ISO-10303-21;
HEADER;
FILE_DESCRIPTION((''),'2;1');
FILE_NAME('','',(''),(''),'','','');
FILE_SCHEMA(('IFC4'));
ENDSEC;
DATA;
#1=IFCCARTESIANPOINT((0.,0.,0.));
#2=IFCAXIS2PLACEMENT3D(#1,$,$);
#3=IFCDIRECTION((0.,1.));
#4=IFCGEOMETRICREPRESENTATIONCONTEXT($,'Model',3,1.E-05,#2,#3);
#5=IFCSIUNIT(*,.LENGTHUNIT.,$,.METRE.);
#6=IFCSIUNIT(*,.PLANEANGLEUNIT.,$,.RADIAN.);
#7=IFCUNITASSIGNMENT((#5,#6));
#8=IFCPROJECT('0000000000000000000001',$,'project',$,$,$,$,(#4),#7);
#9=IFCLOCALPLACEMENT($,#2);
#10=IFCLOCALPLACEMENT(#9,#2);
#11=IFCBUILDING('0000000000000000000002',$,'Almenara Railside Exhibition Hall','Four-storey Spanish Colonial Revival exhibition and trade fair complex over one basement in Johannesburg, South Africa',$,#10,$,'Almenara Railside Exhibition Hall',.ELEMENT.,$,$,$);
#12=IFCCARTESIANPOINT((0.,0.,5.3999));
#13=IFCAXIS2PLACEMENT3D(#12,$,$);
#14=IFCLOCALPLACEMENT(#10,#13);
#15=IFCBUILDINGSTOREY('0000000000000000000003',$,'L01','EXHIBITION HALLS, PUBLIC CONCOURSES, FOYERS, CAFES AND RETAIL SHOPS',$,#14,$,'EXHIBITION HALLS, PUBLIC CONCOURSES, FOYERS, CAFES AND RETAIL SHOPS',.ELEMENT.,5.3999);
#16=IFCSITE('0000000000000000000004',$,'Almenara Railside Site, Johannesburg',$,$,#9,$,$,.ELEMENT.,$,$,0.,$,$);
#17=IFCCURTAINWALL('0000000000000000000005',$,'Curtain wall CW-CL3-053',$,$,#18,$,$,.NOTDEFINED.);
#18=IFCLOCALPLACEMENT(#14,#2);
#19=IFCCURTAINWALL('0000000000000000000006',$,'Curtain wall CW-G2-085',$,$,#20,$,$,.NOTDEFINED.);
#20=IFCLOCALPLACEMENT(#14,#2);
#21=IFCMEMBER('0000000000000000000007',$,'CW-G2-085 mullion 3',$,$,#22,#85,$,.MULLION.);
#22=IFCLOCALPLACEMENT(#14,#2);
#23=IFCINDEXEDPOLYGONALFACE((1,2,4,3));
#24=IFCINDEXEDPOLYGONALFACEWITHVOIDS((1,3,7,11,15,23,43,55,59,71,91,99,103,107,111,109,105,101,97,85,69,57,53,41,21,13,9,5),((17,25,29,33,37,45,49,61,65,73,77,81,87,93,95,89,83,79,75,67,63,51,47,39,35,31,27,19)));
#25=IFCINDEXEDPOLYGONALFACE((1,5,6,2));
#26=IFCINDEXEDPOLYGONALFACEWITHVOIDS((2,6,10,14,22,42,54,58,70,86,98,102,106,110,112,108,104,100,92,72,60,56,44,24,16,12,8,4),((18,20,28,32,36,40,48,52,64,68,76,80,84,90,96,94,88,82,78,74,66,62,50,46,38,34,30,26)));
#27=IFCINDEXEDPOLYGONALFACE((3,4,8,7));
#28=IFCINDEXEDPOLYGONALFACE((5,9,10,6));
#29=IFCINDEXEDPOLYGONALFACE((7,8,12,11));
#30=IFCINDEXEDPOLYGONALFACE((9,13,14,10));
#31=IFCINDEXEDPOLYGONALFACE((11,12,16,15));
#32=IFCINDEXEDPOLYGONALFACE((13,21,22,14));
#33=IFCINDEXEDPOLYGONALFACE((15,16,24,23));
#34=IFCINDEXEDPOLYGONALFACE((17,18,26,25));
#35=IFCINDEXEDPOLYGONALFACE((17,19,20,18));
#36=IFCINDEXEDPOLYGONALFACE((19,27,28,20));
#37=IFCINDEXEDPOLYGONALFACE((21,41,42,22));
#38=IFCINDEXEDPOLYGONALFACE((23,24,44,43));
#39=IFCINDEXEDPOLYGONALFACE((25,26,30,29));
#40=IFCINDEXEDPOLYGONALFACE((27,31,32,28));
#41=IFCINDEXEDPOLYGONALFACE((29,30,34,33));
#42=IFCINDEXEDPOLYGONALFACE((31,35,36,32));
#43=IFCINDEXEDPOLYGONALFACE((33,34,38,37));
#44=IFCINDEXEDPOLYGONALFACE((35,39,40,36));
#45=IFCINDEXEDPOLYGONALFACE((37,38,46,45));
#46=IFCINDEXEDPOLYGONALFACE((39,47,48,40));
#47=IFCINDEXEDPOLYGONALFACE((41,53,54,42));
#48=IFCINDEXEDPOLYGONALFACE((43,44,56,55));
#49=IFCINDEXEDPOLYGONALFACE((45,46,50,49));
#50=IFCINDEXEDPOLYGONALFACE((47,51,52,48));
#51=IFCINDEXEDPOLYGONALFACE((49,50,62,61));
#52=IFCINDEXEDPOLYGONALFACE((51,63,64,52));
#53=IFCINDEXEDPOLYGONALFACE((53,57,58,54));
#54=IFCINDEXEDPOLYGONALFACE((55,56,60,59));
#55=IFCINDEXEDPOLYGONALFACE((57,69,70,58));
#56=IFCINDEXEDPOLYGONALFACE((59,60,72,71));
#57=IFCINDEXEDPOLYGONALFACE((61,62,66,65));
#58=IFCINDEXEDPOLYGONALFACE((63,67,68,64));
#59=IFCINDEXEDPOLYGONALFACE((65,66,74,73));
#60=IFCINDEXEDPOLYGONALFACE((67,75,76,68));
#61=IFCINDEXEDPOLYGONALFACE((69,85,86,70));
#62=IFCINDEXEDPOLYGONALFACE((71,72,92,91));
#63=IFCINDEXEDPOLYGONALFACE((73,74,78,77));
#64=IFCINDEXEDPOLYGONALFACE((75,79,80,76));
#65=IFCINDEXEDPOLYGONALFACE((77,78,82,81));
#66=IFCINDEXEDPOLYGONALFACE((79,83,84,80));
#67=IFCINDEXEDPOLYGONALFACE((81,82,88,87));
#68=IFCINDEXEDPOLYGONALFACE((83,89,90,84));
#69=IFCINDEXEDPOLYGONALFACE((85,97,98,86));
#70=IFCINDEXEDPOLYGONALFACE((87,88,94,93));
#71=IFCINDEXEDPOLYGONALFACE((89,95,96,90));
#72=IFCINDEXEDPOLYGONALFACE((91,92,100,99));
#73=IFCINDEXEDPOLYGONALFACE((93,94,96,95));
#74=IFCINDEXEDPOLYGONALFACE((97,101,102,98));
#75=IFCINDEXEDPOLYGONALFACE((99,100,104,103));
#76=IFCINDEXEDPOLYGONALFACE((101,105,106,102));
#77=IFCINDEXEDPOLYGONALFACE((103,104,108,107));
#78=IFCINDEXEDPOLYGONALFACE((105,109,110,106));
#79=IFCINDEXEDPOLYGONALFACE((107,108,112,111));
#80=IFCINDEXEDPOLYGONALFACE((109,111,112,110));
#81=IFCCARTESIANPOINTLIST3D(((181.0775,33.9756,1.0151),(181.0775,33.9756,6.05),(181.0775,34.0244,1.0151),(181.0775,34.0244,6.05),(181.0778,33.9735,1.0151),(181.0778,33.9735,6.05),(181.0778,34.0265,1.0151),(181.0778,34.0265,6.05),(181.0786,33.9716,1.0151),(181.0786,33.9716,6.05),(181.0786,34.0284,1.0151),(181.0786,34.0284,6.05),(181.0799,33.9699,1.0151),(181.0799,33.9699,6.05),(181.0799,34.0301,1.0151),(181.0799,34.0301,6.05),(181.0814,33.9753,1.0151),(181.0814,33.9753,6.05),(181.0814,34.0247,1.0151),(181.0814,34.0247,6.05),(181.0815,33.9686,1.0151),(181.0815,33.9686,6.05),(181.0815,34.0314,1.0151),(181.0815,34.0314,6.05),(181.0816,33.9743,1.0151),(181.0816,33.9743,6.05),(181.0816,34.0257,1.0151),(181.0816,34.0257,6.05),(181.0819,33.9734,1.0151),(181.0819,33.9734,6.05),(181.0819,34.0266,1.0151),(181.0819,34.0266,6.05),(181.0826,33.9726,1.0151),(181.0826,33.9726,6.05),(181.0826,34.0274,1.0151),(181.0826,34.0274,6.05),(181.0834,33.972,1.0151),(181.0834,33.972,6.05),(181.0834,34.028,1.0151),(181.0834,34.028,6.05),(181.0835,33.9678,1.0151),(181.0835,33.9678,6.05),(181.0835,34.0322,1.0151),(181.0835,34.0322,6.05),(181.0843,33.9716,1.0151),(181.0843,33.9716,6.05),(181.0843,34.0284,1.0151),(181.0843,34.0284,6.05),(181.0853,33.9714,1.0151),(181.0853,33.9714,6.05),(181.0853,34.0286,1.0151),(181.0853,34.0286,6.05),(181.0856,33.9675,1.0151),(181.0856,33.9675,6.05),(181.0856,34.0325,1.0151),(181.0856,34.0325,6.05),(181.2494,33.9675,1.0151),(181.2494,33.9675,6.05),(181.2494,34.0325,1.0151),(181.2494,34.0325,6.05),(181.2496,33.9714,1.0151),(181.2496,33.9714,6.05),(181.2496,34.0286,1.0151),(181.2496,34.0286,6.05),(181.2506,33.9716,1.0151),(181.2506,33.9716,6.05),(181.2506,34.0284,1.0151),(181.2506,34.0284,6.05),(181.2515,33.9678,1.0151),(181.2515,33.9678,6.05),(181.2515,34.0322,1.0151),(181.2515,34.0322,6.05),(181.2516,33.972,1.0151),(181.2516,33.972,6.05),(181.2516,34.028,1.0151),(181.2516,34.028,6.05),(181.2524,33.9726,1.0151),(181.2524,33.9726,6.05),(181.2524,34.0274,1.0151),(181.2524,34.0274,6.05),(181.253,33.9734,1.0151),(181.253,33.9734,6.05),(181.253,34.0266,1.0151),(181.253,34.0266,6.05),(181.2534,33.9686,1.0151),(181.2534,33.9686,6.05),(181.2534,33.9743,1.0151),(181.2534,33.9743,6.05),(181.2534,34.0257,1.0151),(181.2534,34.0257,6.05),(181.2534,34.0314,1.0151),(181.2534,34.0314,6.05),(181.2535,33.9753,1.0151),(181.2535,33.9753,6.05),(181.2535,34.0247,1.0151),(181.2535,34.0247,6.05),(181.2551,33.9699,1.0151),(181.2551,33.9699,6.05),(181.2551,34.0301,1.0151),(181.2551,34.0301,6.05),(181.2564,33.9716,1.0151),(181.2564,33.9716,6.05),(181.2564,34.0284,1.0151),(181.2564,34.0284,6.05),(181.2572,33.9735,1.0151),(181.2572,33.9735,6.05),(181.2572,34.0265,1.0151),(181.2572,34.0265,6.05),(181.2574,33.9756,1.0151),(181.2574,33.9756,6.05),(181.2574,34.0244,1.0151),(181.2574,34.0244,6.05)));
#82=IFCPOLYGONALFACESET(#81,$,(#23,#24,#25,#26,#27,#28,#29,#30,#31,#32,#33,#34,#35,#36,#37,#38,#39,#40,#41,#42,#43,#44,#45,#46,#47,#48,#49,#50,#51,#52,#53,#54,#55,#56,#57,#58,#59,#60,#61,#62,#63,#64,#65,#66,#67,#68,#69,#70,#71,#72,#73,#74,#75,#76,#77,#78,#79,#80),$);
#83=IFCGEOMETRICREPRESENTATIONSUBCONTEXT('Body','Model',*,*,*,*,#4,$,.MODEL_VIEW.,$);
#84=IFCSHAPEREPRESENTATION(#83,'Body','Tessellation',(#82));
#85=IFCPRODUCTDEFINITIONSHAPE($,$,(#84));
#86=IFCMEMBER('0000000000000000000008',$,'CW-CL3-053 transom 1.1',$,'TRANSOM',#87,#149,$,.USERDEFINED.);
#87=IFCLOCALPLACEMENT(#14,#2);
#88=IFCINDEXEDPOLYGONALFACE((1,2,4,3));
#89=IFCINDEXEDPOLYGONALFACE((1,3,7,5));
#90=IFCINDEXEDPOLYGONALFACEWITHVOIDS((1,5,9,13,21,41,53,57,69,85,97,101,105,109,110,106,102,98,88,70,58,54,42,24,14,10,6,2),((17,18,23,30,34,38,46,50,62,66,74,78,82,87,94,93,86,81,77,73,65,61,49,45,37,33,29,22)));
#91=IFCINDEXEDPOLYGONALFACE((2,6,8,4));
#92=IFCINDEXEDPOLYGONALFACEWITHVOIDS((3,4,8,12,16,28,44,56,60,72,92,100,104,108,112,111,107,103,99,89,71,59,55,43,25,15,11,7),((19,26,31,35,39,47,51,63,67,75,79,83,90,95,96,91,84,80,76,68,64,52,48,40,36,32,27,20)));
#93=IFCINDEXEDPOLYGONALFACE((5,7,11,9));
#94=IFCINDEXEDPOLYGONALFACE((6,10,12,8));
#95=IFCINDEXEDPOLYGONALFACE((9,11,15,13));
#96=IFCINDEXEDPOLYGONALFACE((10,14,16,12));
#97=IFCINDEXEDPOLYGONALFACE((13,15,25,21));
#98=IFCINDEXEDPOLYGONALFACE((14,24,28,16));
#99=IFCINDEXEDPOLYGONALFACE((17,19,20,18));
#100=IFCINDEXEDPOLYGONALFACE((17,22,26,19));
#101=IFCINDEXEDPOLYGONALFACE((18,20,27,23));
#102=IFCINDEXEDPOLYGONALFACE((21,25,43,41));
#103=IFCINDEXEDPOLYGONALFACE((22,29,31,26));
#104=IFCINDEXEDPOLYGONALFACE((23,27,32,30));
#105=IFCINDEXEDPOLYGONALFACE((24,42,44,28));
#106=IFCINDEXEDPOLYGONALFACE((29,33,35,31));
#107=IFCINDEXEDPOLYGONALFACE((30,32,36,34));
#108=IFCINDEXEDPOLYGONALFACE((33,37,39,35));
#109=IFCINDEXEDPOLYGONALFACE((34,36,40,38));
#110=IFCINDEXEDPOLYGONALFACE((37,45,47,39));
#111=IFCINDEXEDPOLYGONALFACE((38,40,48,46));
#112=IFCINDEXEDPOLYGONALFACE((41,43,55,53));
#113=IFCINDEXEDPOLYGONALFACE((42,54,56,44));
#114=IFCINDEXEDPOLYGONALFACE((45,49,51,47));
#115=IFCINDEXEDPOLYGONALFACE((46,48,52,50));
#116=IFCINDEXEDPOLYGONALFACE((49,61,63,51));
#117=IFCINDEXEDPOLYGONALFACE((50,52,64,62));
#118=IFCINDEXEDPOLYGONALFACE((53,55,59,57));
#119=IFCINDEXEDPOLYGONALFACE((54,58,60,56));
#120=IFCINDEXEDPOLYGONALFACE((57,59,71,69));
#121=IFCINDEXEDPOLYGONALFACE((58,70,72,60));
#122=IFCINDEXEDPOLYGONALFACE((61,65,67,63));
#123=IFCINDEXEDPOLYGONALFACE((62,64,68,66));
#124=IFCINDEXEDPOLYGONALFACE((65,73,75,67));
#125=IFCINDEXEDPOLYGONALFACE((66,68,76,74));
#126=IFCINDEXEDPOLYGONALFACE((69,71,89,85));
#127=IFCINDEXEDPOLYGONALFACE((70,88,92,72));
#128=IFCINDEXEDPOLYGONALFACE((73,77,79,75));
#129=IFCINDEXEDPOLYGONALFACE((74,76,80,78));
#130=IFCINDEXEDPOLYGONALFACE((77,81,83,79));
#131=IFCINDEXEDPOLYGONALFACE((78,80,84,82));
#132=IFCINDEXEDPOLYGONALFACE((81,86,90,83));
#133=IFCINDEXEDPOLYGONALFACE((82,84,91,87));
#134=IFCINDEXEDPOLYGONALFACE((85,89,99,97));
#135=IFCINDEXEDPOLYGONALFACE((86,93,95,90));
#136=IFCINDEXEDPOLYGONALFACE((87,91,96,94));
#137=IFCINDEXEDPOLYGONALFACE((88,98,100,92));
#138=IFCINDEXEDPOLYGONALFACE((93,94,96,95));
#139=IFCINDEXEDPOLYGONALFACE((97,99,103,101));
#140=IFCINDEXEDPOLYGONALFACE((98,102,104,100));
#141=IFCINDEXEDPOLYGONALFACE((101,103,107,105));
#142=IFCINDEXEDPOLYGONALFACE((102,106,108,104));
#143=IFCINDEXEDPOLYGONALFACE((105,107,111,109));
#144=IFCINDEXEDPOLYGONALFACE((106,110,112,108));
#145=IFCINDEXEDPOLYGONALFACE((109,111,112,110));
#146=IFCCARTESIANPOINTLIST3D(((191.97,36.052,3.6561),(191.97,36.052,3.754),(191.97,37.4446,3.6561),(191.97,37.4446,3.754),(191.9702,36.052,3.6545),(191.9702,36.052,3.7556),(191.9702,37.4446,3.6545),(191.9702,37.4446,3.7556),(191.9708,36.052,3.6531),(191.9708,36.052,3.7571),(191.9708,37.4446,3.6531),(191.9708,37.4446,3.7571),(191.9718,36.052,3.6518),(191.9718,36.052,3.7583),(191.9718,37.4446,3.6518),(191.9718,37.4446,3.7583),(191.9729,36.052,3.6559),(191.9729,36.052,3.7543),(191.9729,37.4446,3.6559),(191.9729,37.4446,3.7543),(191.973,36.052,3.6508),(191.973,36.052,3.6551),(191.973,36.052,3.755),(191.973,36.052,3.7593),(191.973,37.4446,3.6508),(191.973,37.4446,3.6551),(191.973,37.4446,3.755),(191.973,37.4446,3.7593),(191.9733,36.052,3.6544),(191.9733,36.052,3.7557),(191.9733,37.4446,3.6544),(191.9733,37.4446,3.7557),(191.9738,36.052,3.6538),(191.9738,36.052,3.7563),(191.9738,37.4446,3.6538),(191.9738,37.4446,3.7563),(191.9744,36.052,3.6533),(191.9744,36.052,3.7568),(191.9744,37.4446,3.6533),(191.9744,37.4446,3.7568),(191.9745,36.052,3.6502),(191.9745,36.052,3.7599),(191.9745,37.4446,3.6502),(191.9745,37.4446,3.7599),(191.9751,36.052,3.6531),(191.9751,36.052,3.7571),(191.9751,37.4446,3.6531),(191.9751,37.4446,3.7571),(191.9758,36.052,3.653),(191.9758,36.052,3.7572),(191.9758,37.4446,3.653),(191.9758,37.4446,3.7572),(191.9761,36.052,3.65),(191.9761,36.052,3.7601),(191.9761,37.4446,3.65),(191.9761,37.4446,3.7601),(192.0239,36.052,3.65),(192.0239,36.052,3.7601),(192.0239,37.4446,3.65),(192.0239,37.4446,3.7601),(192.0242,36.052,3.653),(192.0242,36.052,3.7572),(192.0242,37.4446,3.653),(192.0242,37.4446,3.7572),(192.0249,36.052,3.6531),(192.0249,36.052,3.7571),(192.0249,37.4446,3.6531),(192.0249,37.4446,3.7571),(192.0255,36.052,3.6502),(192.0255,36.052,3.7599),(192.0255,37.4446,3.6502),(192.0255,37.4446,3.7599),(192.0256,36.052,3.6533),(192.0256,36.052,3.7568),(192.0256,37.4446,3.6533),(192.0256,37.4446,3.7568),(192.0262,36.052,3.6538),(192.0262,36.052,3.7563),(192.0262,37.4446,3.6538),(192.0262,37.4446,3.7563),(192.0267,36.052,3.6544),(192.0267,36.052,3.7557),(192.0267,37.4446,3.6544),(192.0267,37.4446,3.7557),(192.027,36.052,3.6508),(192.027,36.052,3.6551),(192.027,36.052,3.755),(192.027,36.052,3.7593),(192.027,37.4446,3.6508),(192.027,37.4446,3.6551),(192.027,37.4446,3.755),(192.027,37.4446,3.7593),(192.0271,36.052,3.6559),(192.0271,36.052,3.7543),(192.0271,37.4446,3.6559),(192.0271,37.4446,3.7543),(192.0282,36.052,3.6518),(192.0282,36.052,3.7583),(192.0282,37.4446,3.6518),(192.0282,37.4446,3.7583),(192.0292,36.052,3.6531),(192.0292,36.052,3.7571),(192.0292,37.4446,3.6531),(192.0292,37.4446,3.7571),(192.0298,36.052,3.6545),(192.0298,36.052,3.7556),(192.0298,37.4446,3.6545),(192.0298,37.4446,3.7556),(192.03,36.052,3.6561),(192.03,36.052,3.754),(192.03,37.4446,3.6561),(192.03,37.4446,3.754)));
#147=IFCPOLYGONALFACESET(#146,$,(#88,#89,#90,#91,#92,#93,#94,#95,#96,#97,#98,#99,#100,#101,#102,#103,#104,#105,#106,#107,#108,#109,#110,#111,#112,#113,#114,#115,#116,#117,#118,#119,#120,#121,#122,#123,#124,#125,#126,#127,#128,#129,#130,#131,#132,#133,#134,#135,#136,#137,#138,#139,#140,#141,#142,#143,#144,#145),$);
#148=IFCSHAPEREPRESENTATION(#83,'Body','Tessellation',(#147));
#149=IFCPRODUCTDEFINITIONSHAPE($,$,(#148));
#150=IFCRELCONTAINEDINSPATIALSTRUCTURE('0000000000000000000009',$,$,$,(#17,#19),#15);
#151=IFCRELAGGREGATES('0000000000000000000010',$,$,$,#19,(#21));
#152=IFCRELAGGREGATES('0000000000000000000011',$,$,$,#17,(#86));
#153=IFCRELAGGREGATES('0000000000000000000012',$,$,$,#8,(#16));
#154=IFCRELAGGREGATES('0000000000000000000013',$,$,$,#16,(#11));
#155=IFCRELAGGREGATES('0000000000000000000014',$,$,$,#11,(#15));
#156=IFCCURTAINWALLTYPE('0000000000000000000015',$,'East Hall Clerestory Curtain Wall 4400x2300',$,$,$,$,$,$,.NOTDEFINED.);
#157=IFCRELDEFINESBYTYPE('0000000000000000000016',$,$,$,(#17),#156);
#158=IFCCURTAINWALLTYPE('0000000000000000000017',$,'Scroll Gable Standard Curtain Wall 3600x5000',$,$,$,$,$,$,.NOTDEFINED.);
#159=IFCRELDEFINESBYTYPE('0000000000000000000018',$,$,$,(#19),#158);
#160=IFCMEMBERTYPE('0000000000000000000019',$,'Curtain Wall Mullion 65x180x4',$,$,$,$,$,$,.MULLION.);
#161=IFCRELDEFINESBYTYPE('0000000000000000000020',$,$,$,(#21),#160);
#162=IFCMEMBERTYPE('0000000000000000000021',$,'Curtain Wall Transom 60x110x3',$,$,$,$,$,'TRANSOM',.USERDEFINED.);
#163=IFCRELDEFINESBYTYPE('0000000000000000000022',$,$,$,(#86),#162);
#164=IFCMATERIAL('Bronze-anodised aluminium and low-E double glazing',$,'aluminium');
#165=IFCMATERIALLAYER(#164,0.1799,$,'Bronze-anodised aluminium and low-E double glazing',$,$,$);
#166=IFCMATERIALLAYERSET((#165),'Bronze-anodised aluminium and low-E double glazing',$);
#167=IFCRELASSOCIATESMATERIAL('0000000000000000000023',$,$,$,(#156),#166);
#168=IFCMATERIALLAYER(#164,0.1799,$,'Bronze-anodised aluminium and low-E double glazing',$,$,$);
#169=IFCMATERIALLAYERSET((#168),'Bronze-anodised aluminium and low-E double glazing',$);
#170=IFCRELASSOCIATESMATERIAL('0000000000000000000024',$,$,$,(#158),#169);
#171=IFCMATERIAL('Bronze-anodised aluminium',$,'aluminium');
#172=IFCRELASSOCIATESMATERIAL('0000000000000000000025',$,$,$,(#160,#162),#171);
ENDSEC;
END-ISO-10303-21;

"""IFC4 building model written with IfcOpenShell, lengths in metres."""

from ifc_helpers import new_model, si_unit, direction, frame, origin, origin_2d, place, context, subcontext, project, spatial, hollow_rectangle, extrude, material, layer, layer_set, material_profile, profile_set, type_object, element, aggregate, save


model = new_model("IFC4")

# Units and contexts
model_context = context("Model", 3, precision=1e-05, world=origin(), true_north=direction((0.0, 1.0)))
body_context = subcontext(model_context, "Body", "Model", "MODEL_VIEW")
ifc_project = project(units=[si_unit("LENGTHUNIT", "METRE"), si_unit("PLANEANGLEUNIT", "RADIAN")], contexts=[model_context])

# Site, building, storey
site_placement = place(None, origin())
site = spatial("IfcSite", under=ifc_project, at=site_placement, Name="Almenara Railside Site, Johannesburg", CompositionType="ELEMENT", RefElevation=0.0)
building_placement = place(site_placement, origin())
building = spatial("IfcBuilding", under=site, at=building_placement, Name="Almenara Railside Exhibition Hall", Description="Four-storey Spanish Colonial Revival exhibition and trade fair complex over one basement in Johannesburg, South Africa", LongName="Almenara Railside Exhibition Hall", CompositionType="ELEMENT")
storey_placement = place(building_placement, frame((0.0, 0.0, 5.3999)))
storey = spatial("IfcBuildingStorey", under=building, at=storey_placement, Name="L01", Description="EXHIBITION HALLS, PUBLIC CONCOURSES, FOYERS, CAFES AND RETAIL SHOPS", LongName="EXHIBITION HALLS, PUBLIC CONCOURSES, FOYERS, CAFES AND RETAIL SHOPS", CompositionType="ELEMENT", Elevation=5.3999)

# Curtain walls, member
ifc_material_1 = material(Name="Bronze-anodised aluminium and low-E double glazing", Category="aluminium")
ifc_layer_1 = layer(ifc_material_1, 0.1799, Name="Bronze-anodised aluminium and low-E double glazing")
ifc_layer_set_1 = layer_set([ifc_layer_1], Name="Bronze-anodised aluminium and low-E double glazing")
curtain_wall_type_1 = type_object("IfcCurtainWallType", Name="East Hall Clerestory Curtain Wall 4400x2300", PredefinedType="NOTDEFINED", material=ifc_layer_set_1)
curtain_wall_1_placement = place(storey_placement, origin())
curtain_wall_1 = element("IfcCurtainWall", 1, at=curtain_wall_1_placement, inside=storey, type_object=curtain_wall_type_1, Name="Curtain wall CW-CL3-053", PredefinedType="NOTDEFINED")
ifc_material_2 = material(Name="Bronze-anodised aluminium", Category="aluminium")
ifc_layer_2 = layer(ifc_material_1, 0.1799, Name="Bronze-anodised aluminium and low-E double glazing")
ifc_layer_set_2 = layer_set([ifc_layer_2], Name="Bronze-anodised aluminium and low-E double glazing")
curtain_wall_type_2 = type_object("IfcCurtainWallType", Name="Scroll Gable Standard Curtain Wall 3600x5000", PredefinedType="NOTDEFINED", material=ifc_layer_set_2)
curtain_wall_2_placement = place(storey_placement, origin())
curtain_wall_2 = element("IfcCurtainWall", 2, at=curtain_wall_2_placement, inside=storey, type_object=curtain_wall_type_2, Name="Curtain wall CW-G2-085", PredefinedType="NOTDEFINED")
ifc_material_profile_1 = material_profile(ifc_material_2, hollow_rectangle(XDim=0.0649, YDim=0.1799, WallThickness=0.0039, InnerFilletRadius=0.0039, OuterFilletRadius=0.0081, at=origin_2d()), Name="ALU-MUL 65x180x4")
ifc_profile_set_1 = profile_set([ifc_material_profile_1], Name="Bronze-anodised aluminium")
member_type_1 = type_object("IfcMemberType", Name="Curtain Wall Mullion 65x180x4", PredefinedType="MULLION", material=ifc_profile_set_1)
member_1_placement = place(storey_placement, frame((181.1675, 34.0, 1.0151), z_axis=(0.0, 0.0, 1.0), x_axis=(0.0, 1.0, 0.0)))
member_1 = element("IfcMember", 3, at=member_1_placement, type_object=member_type_1, Name="CW-G2-085 mullion 3", PredefinedType="MULLION", context=body_context, shape_type="SweptSolid", body=[
    extrude(hollow_rectangle(XDim=0.0649, YDim=0.1799, WallThickness=0.0039, InnerFilletRadius=0.0039, OuterFilletRadius=0.0081, at=origin_2d()), origin(), (0.0, 0.0, 1.0), 5.0349),
])

# Member
ifc_material_profile_2 = material_profile(ifc_material_2, hollow_rectangle(XDim=0.0601, YDim=0.1101, WallThickness=0.0029, InnerFilletRadius=0.0029, OuterFilletRadius=0.0061, at=origin_2d()), Name="ALU-TRN 60x110x3")
ifc_profile_set_2 = profile_set([ifc_material_profile_2], Name="Bronze-anodised aluminium")
member_type_2 = type_object("IfcMemberType", Name="Curtain Wall Transom 60x110x3", ElementType="TRANSOM", PredefinedType="USERDEFINED", material=ifc_profile_set_2)
member_2_placement = place(storey_placement, frame((192.0, 36.052, 3.7051), z_axis=(0.0, 1.0, 0.0), x_axis=(-1.0, 0.0, 0.0)))
member_2 = element("IfcMember", 4, at=member_2_placement, type_object=member_type_2, Name="CW-CL3-053 transom 1.1", ObjectType="TRANSOM", PredefinedType="USERDEFINED", context=body_context, shape_type="SweptSolid", body=[
    extrude(hollow_rectangle(XDim=0.0601, YDim=0.1101, WallThickness=0.0029, InnerFilletRadius=0.0029, OuterFilletRadius=0.0061, at=origin_2d()), origin(), (0.0, 0.0, 1.0), 1.3926),
])

aggregate(curtain_wall_2, [member_1])
aggregate(curtain_wall_1, [member_2])

save(model, "model.ifc")
